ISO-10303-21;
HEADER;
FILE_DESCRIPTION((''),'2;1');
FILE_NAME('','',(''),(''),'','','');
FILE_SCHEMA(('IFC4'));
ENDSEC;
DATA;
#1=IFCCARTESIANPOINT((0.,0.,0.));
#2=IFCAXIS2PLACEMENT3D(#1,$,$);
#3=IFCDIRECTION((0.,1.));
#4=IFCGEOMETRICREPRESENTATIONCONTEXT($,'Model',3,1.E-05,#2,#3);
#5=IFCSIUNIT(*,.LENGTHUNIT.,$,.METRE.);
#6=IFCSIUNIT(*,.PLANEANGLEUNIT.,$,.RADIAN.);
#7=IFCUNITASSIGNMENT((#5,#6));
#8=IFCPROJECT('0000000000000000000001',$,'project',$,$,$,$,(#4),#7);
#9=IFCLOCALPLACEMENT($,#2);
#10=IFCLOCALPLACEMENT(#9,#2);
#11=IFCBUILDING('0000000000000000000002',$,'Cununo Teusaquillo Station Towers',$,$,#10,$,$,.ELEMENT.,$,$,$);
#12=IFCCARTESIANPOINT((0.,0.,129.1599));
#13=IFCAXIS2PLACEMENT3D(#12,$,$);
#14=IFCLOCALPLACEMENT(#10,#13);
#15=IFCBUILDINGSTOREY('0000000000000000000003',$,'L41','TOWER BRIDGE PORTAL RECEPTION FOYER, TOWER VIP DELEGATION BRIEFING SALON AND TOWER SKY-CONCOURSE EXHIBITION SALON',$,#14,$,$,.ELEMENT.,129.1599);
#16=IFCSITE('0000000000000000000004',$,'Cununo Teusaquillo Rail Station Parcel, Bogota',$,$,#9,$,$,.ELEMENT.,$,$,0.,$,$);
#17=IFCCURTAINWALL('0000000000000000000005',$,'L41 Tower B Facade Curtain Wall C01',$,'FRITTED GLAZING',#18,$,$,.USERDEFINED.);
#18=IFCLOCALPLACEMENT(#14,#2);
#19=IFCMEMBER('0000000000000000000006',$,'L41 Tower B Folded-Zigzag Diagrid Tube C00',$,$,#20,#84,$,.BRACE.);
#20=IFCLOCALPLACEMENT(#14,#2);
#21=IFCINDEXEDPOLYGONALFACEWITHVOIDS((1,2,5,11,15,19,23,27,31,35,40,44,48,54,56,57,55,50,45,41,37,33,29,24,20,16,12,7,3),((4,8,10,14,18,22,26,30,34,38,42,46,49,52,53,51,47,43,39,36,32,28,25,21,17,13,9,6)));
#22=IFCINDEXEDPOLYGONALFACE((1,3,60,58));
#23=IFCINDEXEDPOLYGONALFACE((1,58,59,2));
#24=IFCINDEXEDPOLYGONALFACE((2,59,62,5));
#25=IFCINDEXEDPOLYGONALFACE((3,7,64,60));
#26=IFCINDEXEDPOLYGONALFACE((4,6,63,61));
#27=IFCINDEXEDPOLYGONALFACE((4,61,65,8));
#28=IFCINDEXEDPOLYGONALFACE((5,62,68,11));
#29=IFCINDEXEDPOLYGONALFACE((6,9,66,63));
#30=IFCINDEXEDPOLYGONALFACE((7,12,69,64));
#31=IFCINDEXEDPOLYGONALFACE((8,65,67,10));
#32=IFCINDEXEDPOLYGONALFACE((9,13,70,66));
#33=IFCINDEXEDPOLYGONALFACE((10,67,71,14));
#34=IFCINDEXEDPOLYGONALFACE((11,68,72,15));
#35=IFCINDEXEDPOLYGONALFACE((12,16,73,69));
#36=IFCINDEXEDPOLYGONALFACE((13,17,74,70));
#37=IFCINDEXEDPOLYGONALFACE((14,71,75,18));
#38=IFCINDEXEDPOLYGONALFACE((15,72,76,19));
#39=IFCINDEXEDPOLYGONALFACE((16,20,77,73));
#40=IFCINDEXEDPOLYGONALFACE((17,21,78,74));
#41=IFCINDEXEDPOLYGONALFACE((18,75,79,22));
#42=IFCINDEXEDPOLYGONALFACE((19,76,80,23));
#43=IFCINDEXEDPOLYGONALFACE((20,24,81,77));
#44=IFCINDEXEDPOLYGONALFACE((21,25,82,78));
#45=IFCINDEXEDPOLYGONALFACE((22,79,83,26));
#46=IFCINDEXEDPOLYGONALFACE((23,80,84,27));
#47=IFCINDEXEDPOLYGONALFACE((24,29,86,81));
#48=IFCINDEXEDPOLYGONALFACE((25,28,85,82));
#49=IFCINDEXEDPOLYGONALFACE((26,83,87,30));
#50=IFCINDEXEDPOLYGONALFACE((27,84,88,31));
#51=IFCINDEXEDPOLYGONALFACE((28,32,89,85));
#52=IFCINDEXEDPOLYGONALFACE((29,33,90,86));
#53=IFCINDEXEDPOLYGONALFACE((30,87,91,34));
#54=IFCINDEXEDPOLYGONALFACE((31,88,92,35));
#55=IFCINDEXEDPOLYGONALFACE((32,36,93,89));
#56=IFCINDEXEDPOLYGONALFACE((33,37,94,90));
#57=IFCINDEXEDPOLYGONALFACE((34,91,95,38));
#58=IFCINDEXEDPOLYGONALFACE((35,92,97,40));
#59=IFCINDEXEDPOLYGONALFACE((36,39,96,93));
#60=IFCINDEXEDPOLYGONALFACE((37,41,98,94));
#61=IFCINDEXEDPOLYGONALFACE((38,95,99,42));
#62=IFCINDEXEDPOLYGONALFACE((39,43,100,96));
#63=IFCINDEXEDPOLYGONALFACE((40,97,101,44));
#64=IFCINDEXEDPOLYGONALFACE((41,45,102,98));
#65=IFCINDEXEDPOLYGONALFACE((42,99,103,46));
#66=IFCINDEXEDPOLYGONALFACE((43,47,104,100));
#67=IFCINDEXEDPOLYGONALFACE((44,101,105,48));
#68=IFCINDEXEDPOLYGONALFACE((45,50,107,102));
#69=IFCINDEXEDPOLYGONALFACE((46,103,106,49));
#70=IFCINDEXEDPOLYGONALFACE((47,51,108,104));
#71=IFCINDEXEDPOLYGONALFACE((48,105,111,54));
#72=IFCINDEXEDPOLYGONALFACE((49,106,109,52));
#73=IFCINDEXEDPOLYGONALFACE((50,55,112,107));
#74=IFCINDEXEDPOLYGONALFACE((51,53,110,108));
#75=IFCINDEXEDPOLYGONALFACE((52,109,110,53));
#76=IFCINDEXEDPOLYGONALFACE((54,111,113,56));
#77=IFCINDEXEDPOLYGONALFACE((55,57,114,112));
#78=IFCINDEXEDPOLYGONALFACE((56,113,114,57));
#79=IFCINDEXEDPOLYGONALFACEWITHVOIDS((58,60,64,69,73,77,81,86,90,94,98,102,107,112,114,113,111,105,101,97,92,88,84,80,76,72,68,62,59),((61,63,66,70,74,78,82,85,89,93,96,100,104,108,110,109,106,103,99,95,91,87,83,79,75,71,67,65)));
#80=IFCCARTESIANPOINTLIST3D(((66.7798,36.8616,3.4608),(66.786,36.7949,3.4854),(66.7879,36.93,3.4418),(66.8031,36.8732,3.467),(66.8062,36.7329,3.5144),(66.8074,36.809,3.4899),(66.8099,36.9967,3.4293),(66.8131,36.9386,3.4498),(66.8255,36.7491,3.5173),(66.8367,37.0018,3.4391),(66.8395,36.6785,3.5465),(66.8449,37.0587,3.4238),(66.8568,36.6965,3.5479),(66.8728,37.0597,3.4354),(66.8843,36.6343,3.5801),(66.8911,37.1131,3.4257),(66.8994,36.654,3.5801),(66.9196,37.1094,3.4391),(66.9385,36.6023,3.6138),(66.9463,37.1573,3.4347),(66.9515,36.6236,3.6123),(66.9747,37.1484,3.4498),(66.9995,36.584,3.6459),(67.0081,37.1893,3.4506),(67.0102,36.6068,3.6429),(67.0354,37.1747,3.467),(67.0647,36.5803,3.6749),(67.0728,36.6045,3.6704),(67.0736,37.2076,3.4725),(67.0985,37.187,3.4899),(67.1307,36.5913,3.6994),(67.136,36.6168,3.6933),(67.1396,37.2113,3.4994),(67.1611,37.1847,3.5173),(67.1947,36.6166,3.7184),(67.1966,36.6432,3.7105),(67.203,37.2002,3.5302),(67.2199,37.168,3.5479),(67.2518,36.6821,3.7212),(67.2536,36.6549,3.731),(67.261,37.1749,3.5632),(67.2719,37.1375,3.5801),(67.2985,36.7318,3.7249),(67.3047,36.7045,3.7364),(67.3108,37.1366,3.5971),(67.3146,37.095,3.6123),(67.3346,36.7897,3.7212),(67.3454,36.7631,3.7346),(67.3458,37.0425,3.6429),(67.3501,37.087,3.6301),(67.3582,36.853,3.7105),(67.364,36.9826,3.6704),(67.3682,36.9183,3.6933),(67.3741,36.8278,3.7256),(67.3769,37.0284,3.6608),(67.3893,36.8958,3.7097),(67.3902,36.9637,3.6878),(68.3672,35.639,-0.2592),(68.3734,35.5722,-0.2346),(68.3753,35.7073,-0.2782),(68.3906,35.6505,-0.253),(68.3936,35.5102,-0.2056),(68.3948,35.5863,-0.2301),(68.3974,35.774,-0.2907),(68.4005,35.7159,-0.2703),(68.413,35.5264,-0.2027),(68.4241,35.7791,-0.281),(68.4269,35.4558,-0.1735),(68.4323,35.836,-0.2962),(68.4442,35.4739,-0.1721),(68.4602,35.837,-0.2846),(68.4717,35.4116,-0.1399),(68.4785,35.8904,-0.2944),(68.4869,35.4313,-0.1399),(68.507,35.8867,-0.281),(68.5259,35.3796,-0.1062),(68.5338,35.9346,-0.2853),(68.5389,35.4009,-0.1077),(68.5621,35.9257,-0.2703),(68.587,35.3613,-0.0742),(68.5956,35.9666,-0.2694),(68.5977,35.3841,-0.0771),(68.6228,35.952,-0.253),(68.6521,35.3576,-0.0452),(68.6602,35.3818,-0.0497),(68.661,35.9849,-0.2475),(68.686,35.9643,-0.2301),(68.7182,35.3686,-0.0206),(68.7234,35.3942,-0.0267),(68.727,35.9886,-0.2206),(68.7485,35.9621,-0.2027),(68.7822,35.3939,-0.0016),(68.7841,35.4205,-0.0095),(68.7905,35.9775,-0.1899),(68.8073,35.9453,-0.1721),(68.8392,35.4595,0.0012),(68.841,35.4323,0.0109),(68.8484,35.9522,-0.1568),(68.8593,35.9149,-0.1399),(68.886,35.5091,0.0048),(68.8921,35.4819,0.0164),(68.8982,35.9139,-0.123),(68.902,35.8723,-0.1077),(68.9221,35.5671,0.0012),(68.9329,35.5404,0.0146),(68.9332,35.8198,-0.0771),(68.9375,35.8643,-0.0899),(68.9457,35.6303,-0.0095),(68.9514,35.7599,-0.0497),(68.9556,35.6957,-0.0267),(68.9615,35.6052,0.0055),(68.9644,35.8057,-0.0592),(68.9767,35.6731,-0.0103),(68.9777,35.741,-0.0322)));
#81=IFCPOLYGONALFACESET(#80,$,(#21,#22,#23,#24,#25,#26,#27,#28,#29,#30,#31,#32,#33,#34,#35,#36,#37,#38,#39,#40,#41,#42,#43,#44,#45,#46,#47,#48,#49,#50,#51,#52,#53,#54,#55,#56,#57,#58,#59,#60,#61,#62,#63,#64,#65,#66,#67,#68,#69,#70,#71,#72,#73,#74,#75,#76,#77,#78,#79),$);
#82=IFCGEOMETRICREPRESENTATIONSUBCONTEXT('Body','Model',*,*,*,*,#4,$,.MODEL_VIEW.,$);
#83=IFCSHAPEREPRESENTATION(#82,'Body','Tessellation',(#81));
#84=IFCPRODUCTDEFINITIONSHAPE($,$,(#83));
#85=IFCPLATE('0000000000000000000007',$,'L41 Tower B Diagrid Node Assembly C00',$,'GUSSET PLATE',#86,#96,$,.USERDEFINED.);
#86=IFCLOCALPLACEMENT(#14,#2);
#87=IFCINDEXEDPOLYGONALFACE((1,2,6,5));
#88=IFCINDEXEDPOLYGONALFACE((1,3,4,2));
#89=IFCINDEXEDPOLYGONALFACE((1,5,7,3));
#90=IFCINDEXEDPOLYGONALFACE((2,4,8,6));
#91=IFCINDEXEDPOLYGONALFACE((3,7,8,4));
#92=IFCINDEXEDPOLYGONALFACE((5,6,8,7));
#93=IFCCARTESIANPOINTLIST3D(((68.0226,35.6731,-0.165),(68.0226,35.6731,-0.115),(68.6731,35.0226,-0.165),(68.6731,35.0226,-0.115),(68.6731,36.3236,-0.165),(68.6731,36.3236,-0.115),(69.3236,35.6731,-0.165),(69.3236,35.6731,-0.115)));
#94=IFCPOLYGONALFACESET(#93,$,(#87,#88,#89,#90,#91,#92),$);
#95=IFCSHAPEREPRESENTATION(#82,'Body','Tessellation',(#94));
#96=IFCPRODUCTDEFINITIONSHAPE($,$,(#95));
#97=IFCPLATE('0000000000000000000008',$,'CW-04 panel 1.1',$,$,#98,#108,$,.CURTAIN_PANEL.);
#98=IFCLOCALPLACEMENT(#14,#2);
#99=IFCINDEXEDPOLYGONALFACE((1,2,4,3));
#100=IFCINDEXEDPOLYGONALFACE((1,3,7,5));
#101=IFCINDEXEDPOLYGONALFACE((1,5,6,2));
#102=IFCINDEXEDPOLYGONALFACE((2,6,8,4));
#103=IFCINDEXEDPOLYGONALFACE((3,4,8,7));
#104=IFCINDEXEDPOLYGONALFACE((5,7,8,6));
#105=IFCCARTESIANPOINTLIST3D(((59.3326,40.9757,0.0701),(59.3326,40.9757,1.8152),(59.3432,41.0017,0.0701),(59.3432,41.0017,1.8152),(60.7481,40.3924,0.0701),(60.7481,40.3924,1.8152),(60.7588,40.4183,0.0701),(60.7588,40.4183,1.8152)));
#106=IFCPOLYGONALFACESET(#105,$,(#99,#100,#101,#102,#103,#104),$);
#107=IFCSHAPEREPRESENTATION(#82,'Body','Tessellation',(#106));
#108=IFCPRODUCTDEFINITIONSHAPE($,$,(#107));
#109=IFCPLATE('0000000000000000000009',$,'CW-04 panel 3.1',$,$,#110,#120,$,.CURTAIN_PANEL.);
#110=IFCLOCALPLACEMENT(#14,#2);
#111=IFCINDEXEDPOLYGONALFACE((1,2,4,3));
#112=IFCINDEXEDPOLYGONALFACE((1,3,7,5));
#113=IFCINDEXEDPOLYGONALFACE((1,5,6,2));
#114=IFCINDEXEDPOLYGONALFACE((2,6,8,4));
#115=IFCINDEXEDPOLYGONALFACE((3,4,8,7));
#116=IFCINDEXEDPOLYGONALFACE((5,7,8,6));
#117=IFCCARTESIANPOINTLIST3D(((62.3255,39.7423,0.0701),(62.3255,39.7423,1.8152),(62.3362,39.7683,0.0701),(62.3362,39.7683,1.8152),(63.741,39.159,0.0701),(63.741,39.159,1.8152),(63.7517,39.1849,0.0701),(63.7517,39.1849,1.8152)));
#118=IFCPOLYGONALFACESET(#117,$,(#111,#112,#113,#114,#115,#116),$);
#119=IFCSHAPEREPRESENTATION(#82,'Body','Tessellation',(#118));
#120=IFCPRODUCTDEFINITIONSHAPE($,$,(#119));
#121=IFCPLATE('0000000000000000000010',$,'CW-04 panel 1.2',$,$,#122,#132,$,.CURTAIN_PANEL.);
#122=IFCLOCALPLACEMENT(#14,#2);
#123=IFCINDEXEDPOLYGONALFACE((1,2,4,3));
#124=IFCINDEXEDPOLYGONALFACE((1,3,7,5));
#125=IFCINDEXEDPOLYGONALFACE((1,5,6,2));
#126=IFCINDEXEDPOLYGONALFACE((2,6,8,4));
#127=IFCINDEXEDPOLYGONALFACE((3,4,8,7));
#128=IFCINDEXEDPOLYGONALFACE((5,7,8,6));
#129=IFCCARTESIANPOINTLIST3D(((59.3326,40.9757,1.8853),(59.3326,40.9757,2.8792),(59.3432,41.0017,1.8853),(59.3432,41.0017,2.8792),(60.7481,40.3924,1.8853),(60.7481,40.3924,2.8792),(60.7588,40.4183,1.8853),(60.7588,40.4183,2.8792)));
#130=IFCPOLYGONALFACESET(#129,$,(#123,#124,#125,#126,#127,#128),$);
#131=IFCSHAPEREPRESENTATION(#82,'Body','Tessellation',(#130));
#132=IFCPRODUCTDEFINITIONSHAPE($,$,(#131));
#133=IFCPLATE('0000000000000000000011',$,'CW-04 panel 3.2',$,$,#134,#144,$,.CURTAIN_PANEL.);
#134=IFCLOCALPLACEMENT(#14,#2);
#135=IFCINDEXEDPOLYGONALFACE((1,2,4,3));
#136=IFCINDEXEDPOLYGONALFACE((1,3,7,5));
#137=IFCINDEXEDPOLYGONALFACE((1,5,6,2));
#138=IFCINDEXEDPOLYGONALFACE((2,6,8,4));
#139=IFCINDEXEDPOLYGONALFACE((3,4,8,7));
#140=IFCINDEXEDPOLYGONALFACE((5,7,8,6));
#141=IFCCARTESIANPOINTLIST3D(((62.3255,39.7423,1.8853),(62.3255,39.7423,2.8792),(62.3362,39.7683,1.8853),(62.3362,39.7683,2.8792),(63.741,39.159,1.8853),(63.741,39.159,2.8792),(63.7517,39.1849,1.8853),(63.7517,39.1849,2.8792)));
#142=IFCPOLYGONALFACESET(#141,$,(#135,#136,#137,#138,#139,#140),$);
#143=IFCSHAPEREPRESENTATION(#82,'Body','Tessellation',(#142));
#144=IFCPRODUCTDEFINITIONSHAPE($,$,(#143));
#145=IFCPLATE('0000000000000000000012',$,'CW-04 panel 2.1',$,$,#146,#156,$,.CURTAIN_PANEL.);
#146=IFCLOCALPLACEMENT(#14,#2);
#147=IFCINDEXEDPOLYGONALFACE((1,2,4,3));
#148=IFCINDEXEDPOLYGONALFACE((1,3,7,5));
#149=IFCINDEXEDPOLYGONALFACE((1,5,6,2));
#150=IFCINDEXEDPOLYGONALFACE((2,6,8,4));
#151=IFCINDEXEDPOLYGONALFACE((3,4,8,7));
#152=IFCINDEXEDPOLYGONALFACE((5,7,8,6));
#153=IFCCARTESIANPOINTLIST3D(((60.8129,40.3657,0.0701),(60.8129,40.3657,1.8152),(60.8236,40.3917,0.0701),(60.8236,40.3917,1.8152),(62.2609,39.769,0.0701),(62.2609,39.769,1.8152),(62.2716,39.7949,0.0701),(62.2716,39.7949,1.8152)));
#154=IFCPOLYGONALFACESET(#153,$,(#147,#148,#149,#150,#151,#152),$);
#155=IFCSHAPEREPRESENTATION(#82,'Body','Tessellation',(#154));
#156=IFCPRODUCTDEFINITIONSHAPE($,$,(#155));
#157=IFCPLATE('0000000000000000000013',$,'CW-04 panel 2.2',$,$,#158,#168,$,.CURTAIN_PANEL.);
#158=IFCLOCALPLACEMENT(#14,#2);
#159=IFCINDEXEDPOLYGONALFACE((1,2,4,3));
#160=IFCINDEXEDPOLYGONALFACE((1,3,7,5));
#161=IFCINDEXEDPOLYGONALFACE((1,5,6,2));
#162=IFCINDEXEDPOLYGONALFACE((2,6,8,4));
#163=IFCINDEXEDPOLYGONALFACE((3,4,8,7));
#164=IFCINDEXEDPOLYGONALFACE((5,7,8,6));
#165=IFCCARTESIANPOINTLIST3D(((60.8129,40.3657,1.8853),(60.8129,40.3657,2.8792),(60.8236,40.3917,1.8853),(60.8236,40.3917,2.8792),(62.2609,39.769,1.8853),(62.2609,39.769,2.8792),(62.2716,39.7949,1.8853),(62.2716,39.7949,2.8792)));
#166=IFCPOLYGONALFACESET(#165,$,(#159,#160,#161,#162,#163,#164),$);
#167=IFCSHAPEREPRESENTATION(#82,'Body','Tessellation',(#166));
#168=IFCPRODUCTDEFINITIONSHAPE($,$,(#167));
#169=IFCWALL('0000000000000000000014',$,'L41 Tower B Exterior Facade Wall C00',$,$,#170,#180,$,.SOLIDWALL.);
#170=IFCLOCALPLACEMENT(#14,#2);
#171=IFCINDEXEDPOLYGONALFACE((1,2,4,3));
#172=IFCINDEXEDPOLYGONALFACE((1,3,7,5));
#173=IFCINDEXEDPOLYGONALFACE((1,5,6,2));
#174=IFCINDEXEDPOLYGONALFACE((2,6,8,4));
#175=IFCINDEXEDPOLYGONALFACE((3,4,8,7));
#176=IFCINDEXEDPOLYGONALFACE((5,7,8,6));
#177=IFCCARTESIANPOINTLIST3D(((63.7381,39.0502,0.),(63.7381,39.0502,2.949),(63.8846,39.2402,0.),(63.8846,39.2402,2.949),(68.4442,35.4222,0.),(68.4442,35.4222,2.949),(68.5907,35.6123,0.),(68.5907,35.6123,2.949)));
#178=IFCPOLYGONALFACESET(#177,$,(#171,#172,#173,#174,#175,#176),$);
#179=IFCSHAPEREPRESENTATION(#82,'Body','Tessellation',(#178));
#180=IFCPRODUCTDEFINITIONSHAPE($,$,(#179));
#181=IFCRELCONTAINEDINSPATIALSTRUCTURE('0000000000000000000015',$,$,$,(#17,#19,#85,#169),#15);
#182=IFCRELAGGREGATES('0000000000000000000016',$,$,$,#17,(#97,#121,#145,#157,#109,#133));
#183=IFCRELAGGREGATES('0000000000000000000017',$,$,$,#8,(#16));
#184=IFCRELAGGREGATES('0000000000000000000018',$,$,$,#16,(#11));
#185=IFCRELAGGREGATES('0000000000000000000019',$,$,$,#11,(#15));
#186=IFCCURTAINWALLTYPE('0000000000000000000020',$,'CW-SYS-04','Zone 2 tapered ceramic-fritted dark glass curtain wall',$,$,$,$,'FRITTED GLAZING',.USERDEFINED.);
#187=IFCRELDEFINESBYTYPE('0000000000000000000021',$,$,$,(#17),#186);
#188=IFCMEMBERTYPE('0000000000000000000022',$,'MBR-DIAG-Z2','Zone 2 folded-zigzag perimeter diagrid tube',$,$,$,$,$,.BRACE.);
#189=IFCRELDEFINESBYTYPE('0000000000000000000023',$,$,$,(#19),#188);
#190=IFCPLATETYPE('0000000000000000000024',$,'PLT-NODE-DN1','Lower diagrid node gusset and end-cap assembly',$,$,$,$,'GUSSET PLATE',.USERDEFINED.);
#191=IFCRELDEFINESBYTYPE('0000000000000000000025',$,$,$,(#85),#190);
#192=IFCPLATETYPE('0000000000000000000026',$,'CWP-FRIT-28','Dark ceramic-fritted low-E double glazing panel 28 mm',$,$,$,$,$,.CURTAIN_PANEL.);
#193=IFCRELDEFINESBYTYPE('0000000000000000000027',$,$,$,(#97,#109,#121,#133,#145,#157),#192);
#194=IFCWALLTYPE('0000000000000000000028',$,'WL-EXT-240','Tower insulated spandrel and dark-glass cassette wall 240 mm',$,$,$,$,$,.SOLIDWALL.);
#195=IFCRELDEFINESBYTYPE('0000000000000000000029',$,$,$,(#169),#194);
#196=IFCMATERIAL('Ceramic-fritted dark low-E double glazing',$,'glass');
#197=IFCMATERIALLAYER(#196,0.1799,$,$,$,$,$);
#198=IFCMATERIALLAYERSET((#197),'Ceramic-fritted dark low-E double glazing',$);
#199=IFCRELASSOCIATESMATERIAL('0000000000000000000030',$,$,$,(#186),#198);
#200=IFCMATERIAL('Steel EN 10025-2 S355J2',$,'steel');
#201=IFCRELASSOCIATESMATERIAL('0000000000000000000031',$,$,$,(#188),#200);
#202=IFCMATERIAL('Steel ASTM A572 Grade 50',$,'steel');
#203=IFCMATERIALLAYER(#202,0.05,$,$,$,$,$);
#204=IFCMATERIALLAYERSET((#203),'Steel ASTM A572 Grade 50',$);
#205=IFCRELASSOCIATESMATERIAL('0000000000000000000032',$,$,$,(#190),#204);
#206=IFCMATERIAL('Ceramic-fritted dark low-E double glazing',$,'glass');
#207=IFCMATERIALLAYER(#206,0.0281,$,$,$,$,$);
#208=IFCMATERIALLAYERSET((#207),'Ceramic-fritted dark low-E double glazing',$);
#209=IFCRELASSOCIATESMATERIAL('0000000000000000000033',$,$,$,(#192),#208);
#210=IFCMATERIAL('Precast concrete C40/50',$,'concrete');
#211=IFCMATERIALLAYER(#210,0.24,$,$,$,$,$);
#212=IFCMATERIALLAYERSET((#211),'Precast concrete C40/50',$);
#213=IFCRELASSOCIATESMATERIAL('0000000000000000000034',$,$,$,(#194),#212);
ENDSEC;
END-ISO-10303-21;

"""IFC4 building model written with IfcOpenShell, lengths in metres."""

from ifc_helpers import new_model, si_unit, direction, frame, frame_2d, origin, origin_2d, place, context, subcontext, project, spatial, rectangle, hollow_circle, extrude, source, transform, mapped, material, layer, layer_set, material_profile, profile_set, type_object, element, aggregate, save


model = new_model("IFC4")

# Units and contexts
model_context = context("Model", 3, precision=1e-05, world=origin(), true_north=direction((0.0, 1.0)))
body_context = subcontext(model_context, "Body", "Model", "MODEL_VIEW")
ifc_project = project(units=[si_unit("LENGTHUNIT", "METRE"), si_unit("PLANEANGLEUNIT", "RADIAN")], contexts=[model_context])

# Site, building, storey
site_placement = place(None, origin())
site = spatial("IfcSite", under=ifc_project, at=site_placement, Name="Cununo Teusaquillo Rail Station Parcel, Bogota", CompositionType="ELEMENT", RefElevation=0.0)
building_placement = place(site_placement, origin())
building = spatial("IfcBuilding", under=site, at=building_placement, Name="Cununo Teusaquillo Station Towers", CompositionType="ELEMENT")
storey_placement = place(building_placement, frame((0.0, 0.0, 129.1599)))
storey = spatial("IfcBuildingStorey", under=building, at=storey_placement, Name="L41", Description="TOWER BRIDGE PORTAL RECEPTION FOYER, TOWER VIP DELEGATION BRIEFING SALON AND TOWER SKY-CONCOURSE EXHIBITION SALON", CompositionType="ELEMENT", Elevation=129.1599)

# Curtain wall
ifc_material_1 = material(Name="Ceramic-fritted dark low-E double glazing", Category="glass")
ifc_layer_1 = layer(ifc_material_1, 0.1799)
ifc_layer_set_1 = layer_set([ifc_layer_1], Name="Ceramic-fritted dark low-E double glazing")
curtain_wall_type = type_object("IfcCurtainWallType", Name="CW-SYS-04", Description="Zone 2 tapered ceramic-fritted dark glass curtain wall", ElementType="FRITTED GLAZING", PredefinedType="USERDEFINED", material=ifc_layer_set_1)
curtain_wall_placement = place(storey_placement, origin())
curtain_wall = element("IfcCurtainWall", 1, at=curtain_wall_placement, inside=storey, type_object=curtain_wall_type, Name="L41 Tower B Facade Curtain Wall C01", ObjectType="FRITTED GLAZING", PredefinedType="USERDEFINED")

# Member
ifc_material_2 = material(Name="Steel EN 10025-2 S355J2", Category="steel")
ifc_material_profile_1 = material_profile(ifc_material_2, hollow_circle(Radius=0.3301, WallThickness=0.0249, at=origin_2d()), Name="CHS 660x25")
ifc_profile_set_1 = profile_set([ifc_material_profile_1], Name="Steel EN 10025-2 S355J2")
member_type_1 = type_object("IfcMemberType", Name="MBR-DIAG-Z2", Description="Zone 2 folded-zigzag perimeter diagrid tube", PredefinedType="BRACE", material=ifc_profile_set_1)
member_1_placement = place(storey_placement, frame((68.6731, 35.6731, -0.1399), z_axis=(-0.375692, 0.289368, 0.88041), x_axis=(-0.610205, -0.792243, 0.0)))
element("IfcMember", 2, at=member_1_placement, inside=storey, type_object=member_type_1, Name="L41 Tower B Folded-Zigzag Diagrid Tube C00", PredefinedType="BRACE", context=body_context, shape_type="SweptSolid", body=[
    extrude(hollow_circle(Radius=0.3301, WallThickness=0.0249, at=origin_2d()), origin(), (0.0, 0.0, 1.0), 4.2253),
])

# Plates
ifc_material_3 = material(Name="Steel ASTM A572 Grade 50", Category="steel")
ifc_layer_2 = layer(ifc_material_3, 0.05)
ifc_layer_set_2 = layer_set([ifc_layer_2], Name="Steel ASTM A572 Grade 50")
plate_type_1 = type_object("IfcPlateType", Name="PLT-NODE-DN1", Description="Lower diagrid node gusset and end-cap assembly", ElementType="GUSSET PLATE", PredefinedType="USERDEFINED", material=ifc_layer_set_2)
shared_shape_1 = source(origin(), body_context, "Body", "SweptSolid", [
    extrude(rectangle(XDim=0.9199, YDim=0.9199, at=origin_2d()), origin(), (0.0, 0.0, 1.0), 0.05),
])
plate_1_placement = place(storey_placement, frame((68.6731, 35.6731, -0.165), z_axis=(0.0, 0.0, 1.0), x_axis=(0.707107, 0.707107, 0.0)))
element("IfcPlate", 3, at=plate_1_placement, inside=storey, type_object=plate_type_1, Name="L41 Tower B Diagrid Node Assembly C00", ObjectType="GUSSET PLATE", PredefinedType="USERDEFINED", context=body_context, shape_type="MappedRepresentation", body=[
    mapped(shared_shape_1, transform((0.0, 0.0, 0.0), x_axis=(1.0, 0.0, 0.0), y_axis=(0.0, 1.0, 0.0), z_axis=(0.0, 0.0, 1.0), scale=1.0)),
])
ifc_material_4 = material(Name="Ceramic-fritted dark low-E double glazing", Category="glass")
ifc_layer_3 = layer(ifc_material_4, 0.0281)
ifc_layer_set_3 = layer_set([ifc_layer_3], Name="Ceramic-fritted dark low-E double glazing")
plate_type_2 = type_object("IfcPlateType", Name="CWP-FRIT-28", Description="Dark ceramic-fritted low-E double glazing panel 28 mm", PredefinedType="CURTAIN_PANEL", material=ifc_layer_set_3)
shared_shape_2 = source(origin(), body_context, "Body", "SweptSolid", [
    extrude(rectangle(XDim=1.531, YDim=0.0281, at=origin_2d()), origin(), (0.0, 0.0, 1.0), 1.7451),
])
plate_2_placement = place(storey_placement, frame((60.0457, 40.697, 0.0701), z_axis=(0.0, 0.0, 1.0), x_axis=(0.924562, -0.381031, 0.0)))
plate_2 = element("IfcPlate", 4, at=plate_2_placement, type_object=plate_type_2, Name="CW-04 panel 1.1", PredefinedType="CURTAIN_PANEL", context=body_context, shape_type="MappedRepresentation", body=[
    mapped(shared_shape_2, transform((0.0, 0.0, 0.0), x_axis=(1.0, 0.0, 0.0), y_axis=(0.0, 1.0, 0.0), z_axis=(0.0, 0.0, 1.0), scale=1.0)),
])
plate_3_placement = place(storey_placement, frame((63.0386, 39.4636, 0.0701), z_axis=(0.0, 0.0, 1.0), x_axis=(0.924562, -0.381031, 0.0)))
plate_3 = element("IfcPlate", 5, at=plate_3_placement, type_object=plate_type_2, Name="CW-04 panel 3.1", PredefinedType="CURTAIN_PANEL", context=body_context, shape_type="MappedRepresentation", body=[
    mapped(shared_shape_2, transform((0.0, 0.0, 0.0), x_axis=(1.0, 0.0, 0.0), y_axis=(0.0, 1.0, 0.0), z_axis=(0.0, 0.0, 1.0), scale=1.0)),
])
shared_shape_3 = source(origin(), body_context, "Body", "SweptSolid", [
    extrude(rectangle(XDim=1.531, YDim=0.0281, at=origin_2d()), origin(), (0.0, 0.0, 1.0), 0.9939),
])
plate_4_placement = place(storey_placement, frame((60.0457, 40.697, 1.8853), z_axis=(0.0, 0.0, 1.0), x_axis=(0.924562, -0.381031, 0.0)))
plate_4 = element("IfcPlate", 6, at=plate_4_placement, type_object=plate_type_2, Name="CW-04 panel 1.2", PredefinedType="CURTAIN_PANEL", context=body_context, shape_type="MappedRepresentation", body=[
    mapped(shared_shape_3, transform((0.0, 0.0, 0.0), x_axis=(1.0, 0.0, 0.0), y_axis=(0.0, 1.0, 0.0), z_axis=(0.0, 0.0, 1.0), scale=1.0)),
])
plate_5_placement = place(storey_placement, frame((63.0386, 39.4636, 1.8853), z_axis=(0.0, 0.0, 1.0), x_axis=(0.924562, -0.381031, 0.0)))
plate_5 = element("IfcPlate", 7, at=plate_5_placement, type_object=plate_type_2, Name="CW-04 panel 3.2", PredefinedType="CURTAIN_PANEL", context=body_context, shape_type="MappedRepresentation", body=[
    mapped(shared_shape_3, transform((0.0, 0.0, 0.0), x_axis=(1.0, 0.0, 0.0), y_axis=(0.0, 1.0, 0.0), z_axis=(0.0, 0.0, 1.0), scale=1.0)),
])
shared_shape_4 = source(origin(), body_context, "Body", "SweptSolid", [
    extrude(rectangle(XDim=1.5662, YDim=0.0281, at=origin_2d()), origin(), (0.0, 0.0, 1.0), 1.7451),
])
plate_6_placement = place(storey_placement, frame((61.5422, 40.0803, 0.0701), z_axis=(0.0, 0.0, 1.0), x_axis=(0.924562, -0.381031, 0.0)))
plate_6 = element("IfcPlate", 8, at=plate_6_placement, type_object=plate_type_2, Name="CW-04 panel 2.1", PredefinedType="CURTAIN_PANEL", context=body_context, shape_type="MappedRepresentation", body=[
    mapped(shared_shape_4, transform((0.0, 0.0, 0.0), x_axis=(1.0, 0.0, 0.0), y_axis=(0.0, 1.0, 0.0), z_axis=(0.0, 0.0, 1.0), scale=1.0)),
])
shared_shape_5 = source(origin(), body_context, "Body", "SweptSolid", [
    extrude(rectangle(XDim=1.5662, YDim=0.0281, at=origin_2d()), origin(), (0.0, 0.0, 1.0), 0.9939),
])
plate_7_placement = place(storey_placement, frame((61.5422, 40.0803, 1.8853), z_axis=(0.0, 0.0, 1.0), x_axis=(0.924562, -0.381031, 0.0)))
plate_7 = element("IfcPlate", 9, at=plate_7_placement, type_object=plate_type_2, Name="CW-04 panel 2.2", PredefinedType="CURTAIN_PANEL", context=body_context, shape_type="MappedRepresentation", body=[
    mapped(shared_shape_5, transform((0.0, 0.0, 0.0), x_axis=(1.0, 0.0, 0.0), y_axis=(0.0, 1.0, 0.0), z_axis=(0.0, 0.0, 1.0), scale=1.0)),
])
aggregate(curtain_wall, [plate_2, plate_4, plate_6, plate_7, plate_3, plate_5])

# Wall
ifc_material_5 = material(Name="Precast concrete C40/50", Category="concrete")
ifc_layer_4 = layer(ifc_material_5, 0.24)
ifc_layer_set_4 = layer_set([ifc_layer_4], Name="Precast concrete C40/50")
wall_type = type_object("IfcWallType", Name="WL-EXT-240", Description="Tower insulated spandrel and dark-glass cassette wall 240 mm", PredefinedType="SOLIDWALL", material=ifc_layer_set_4)
wall_1_placement = place(storey_placement, frame((63.8113, 39.1453, 0.0), z_axis=(0.0, 0.0, 1.0), x_axis=(0.791982, -0.610544, 0.0)))
element("IfcWall", 10, at=wall_1_placement, inside=storey, type_object=wall_type, Name="L41 Tower B Exterior Facade Wall C00", PredefinedType="SOLIDWALL", context=body_context, shape_type="SweptSolid", body=[
    extrude(rectangle(XDim=5.9421, YDim=0.24, at=frame_2d((2.9712, 0.0))), origin(), (0.0, 0.0, 1.0), 2.949),
])

save(model, "model.ifc")
